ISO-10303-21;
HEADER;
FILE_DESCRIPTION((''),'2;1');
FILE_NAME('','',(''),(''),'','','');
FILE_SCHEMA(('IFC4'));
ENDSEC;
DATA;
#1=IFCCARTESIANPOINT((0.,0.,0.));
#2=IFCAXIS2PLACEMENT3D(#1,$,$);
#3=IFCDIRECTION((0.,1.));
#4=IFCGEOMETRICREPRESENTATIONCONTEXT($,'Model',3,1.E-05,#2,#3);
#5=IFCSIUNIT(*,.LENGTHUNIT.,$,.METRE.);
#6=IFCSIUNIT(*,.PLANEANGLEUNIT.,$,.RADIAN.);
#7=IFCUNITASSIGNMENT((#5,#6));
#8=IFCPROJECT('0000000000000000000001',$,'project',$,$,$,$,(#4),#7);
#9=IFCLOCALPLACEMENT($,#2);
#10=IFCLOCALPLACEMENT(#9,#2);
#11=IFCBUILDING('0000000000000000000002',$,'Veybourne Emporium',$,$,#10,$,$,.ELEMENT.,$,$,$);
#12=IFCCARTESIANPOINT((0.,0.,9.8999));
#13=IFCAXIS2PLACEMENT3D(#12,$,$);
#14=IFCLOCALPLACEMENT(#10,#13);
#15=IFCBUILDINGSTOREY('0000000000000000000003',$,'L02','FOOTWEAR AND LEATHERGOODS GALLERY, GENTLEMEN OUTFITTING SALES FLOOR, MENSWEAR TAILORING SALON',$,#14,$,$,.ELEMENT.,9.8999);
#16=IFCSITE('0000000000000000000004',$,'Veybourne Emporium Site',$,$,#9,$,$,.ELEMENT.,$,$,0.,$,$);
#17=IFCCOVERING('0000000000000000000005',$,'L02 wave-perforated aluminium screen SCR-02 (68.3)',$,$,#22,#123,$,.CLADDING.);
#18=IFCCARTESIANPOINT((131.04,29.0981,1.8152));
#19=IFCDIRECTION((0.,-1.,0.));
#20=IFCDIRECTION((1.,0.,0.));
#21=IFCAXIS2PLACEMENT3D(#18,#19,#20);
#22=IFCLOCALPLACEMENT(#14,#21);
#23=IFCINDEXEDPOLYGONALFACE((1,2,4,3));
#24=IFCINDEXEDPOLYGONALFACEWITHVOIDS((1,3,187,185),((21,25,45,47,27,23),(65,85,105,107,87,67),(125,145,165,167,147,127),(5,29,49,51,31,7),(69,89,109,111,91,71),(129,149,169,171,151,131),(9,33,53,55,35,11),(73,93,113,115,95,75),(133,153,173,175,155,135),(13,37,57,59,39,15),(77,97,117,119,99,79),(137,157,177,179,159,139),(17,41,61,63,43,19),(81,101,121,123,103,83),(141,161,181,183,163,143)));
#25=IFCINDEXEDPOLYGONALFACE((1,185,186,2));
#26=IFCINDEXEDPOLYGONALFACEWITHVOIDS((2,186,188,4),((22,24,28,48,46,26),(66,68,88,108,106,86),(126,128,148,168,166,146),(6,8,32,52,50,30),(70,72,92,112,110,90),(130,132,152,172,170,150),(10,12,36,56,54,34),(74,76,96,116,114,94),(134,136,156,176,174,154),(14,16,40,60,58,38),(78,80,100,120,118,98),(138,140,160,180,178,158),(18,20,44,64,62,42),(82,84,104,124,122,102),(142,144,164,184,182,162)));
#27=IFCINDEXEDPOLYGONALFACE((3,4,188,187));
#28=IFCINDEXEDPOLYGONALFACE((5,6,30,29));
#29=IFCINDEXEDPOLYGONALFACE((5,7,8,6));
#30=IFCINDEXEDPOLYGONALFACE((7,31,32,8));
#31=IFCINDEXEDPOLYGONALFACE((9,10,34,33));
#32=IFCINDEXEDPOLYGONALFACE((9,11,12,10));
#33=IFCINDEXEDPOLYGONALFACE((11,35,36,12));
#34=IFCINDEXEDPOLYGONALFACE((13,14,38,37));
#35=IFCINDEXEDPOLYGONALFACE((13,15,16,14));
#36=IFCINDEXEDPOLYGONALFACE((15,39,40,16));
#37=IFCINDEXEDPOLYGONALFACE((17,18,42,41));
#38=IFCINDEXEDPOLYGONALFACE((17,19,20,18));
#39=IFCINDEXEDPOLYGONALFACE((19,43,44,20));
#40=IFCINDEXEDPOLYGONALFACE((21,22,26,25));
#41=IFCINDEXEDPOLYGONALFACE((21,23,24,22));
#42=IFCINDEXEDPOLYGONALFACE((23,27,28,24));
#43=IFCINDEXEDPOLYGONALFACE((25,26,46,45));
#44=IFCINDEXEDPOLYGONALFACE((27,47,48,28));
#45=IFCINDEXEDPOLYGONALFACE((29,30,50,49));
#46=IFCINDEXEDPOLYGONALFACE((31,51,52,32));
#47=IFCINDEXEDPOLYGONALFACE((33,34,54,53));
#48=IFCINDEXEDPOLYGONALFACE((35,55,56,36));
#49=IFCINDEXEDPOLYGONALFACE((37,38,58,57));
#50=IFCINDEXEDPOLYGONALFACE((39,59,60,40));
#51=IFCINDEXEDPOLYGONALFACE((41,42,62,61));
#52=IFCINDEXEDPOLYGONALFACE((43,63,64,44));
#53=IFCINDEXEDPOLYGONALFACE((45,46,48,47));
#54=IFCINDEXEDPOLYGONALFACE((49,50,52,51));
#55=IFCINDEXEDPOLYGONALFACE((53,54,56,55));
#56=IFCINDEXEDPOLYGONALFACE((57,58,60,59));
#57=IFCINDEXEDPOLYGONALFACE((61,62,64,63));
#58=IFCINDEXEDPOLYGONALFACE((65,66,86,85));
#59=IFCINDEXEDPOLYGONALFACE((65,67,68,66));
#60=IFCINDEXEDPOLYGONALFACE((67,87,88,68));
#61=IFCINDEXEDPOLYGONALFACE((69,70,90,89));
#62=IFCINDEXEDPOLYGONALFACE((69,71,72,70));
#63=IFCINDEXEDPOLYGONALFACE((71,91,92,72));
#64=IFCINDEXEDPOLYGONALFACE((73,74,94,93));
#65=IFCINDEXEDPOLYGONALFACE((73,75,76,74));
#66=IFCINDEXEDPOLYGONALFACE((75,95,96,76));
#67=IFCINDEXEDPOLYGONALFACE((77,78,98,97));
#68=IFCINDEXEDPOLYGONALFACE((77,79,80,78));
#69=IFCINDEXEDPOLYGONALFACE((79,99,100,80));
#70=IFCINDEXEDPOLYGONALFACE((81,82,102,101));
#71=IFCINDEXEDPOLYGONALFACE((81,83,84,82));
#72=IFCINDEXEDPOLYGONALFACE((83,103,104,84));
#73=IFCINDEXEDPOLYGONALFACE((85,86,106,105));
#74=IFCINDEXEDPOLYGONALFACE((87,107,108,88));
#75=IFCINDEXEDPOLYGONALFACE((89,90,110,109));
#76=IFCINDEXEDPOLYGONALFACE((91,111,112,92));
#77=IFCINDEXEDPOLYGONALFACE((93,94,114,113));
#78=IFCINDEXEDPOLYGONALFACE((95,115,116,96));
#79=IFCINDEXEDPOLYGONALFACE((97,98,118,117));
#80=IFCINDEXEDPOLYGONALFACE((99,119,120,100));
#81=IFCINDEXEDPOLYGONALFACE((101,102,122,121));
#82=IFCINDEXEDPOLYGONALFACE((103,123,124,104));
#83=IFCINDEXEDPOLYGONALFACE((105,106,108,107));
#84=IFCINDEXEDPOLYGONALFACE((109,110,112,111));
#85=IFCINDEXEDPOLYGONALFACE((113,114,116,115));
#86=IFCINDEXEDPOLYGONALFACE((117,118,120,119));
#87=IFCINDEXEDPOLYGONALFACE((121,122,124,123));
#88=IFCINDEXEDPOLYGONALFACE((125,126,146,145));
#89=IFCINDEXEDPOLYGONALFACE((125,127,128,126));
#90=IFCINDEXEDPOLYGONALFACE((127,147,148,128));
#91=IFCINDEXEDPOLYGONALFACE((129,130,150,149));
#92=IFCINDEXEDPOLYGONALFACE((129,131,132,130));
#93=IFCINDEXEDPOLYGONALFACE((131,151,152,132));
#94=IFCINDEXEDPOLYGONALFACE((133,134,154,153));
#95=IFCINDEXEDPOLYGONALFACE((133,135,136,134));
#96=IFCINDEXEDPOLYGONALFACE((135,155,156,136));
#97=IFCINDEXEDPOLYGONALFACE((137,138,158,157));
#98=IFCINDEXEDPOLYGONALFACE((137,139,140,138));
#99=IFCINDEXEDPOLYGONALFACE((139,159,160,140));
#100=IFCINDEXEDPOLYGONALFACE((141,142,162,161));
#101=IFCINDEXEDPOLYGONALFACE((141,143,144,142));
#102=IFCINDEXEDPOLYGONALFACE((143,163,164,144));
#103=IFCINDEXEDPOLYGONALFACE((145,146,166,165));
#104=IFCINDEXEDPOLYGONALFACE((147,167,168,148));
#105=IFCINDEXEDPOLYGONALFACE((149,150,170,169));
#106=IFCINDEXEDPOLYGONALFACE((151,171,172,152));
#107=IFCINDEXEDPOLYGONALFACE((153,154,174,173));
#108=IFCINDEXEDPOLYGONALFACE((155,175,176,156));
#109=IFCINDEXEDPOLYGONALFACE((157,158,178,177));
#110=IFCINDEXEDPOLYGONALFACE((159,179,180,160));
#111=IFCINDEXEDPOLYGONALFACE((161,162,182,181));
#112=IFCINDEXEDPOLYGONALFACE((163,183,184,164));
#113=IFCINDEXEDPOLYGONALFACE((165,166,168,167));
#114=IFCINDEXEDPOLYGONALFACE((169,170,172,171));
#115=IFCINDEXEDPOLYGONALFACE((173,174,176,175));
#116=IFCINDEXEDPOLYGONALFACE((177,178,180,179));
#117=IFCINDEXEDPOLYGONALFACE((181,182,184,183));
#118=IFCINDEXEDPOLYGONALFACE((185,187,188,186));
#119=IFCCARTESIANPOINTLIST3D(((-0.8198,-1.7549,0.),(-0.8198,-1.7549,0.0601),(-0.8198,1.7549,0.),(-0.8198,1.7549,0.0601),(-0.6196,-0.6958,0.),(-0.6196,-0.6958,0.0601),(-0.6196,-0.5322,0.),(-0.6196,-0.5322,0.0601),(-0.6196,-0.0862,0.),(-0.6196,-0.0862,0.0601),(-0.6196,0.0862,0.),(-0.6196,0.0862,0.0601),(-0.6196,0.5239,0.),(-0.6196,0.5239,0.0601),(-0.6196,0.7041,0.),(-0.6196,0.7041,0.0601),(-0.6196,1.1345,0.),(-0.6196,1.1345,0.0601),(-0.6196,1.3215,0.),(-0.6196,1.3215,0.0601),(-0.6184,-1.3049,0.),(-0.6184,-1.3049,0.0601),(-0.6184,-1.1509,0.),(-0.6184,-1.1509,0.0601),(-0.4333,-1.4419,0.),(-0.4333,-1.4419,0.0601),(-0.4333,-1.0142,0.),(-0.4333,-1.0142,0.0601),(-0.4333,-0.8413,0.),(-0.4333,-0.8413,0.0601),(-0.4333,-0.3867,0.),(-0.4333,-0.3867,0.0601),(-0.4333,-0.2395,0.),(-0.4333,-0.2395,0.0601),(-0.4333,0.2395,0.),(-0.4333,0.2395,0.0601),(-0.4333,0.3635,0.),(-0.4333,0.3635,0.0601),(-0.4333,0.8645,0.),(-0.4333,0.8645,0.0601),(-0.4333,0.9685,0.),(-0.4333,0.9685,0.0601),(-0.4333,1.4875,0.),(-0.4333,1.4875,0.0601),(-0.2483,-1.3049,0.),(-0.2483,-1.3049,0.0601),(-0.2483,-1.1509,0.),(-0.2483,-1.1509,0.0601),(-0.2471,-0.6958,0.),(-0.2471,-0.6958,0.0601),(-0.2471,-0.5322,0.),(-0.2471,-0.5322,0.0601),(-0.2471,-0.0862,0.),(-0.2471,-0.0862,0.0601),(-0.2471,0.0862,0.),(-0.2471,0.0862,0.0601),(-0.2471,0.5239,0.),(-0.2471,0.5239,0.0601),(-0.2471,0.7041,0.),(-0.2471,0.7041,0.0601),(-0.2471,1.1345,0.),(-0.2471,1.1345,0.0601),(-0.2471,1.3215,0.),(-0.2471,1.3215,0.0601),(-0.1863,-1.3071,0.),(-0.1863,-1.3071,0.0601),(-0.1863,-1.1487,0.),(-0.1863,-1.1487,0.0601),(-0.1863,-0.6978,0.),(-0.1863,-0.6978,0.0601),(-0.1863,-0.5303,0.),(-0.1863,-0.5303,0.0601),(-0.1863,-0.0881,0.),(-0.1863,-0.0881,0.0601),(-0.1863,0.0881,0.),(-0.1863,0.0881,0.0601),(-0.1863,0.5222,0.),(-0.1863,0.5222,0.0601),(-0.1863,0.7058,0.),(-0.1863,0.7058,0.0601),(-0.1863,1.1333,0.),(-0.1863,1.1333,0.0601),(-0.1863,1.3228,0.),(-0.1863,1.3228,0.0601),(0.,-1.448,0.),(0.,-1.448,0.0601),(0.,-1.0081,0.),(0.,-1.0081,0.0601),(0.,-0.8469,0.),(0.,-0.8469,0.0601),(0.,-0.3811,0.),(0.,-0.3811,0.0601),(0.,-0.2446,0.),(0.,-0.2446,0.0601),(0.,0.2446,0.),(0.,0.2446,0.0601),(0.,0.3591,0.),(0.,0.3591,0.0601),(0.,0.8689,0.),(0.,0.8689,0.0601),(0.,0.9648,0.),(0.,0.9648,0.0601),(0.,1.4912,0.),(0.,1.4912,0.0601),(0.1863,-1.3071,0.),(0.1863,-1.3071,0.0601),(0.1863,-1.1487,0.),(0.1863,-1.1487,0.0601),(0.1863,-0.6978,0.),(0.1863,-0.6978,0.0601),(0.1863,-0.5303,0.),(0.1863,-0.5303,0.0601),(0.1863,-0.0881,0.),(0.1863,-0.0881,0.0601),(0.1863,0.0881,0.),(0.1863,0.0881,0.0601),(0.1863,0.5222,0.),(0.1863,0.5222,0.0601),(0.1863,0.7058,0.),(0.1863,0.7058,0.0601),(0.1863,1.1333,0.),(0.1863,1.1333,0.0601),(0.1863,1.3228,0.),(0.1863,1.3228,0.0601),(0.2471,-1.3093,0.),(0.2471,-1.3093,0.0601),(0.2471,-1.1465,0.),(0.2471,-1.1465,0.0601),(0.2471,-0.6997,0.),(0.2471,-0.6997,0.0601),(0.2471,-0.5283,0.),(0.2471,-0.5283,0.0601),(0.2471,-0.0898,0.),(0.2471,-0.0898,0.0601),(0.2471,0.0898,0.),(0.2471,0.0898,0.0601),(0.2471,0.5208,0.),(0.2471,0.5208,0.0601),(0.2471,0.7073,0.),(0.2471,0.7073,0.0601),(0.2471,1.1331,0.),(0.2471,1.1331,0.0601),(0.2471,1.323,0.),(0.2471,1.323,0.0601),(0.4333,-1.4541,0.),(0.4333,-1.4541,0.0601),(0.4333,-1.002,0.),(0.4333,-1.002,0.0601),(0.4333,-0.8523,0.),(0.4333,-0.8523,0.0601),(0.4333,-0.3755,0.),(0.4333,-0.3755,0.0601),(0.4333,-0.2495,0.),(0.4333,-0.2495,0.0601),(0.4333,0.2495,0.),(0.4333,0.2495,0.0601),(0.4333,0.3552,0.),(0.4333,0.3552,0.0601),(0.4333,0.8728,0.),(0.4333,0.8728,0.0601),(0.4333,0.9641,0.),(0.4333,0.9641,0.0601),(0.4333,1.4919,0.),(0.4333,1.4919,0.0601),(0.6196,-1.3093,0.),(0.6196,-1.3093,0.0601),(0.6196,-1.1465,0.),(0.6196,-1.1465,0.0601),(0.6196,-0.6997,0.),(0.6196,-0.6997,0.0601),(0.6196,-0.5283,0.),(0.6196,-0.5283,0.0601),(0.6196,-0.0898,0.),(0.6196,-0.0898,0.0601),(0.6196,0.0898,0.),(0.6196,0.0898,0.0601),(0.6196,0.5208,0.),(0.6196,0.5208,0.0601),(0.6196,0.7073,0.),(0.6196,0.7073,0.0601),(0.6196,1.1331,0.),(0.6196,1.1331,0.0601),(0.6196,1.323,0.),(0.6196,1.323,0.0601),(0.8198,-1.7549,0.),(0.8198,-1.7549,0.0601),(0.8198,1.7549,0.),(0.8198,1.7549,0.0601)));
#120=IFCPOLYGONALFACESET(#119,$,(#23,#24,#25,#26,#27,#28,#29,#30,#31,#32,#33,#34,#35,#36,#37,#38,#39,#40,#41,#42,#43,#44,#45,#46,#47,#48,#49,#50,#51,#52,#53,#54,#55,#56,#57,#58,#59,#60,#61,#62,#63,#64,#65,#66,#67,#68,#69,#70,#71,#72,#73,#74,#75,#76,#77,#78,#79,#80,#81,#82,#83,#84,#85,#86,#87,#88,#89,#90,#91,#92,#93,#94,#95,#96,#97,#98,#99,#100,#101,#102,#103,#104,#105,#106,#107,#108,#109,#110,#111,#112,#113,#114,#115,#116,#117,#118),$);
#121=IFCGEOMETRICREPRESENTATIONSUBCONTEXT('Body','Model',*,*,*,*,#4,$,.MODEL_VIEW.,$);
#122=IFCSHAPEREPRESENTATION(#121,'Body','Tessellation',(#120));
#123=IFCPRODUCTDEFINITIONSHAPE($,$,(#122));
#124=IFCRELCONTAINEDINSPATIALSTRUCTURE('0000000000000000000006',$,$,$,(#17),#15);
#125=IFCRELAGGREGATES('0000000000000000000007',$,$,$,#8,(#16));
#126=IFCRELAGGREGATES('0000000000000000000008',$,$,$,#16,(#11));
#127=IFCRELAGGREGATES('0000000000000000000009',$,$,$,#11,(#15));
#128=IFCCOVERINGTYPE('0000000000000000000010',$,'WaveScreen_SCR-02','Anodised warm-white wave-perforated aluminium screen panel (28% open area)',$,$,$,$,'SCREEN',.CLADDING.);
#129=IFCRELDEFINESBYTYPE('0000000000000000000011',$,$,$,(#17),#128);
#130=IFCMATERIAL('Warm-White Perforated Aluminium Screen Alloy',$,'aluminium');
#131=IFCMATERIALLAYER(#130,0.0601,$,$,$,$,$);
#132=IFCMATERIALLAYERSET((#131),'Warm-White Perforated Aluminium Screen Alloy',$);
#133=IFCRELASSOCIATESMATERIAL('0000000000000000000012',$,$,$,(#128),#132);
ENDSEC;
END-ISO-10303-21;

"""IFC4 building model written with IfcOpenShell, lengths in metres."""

from ifc_helpers import new_model, si_unit, direction, frame, origin, place, context, subcontext, project, spatial, polyline, outline, extrude, material, layer, layer_set, type_object, element, save


model = new_model("IFC4")

# Units and contexts
model_context = context("Model", 3, precision=1e-05, world=origin(), true_north=direction((0.0, 1.0)))
body_context = subcontext(model_context, "Body", "Model", "MODEL_VIEW")
ifc_project = project(units=[si_unit("LENGTHUNIT", "METRE"), si_unit("PLANEANGLEUNIT", "RADIAN")], contexts=[model_context])

# Site, building, storey
site_placement = place(None, origin())
site = spatial("IfcSite", under=ifc_project, at=site_placement, Name="Veybourne Emporium Site", CompositionType="ELEMENT", RefElevation=0.0)
building_placement = place(site_placement, origin())
building = spatial("IfcBuilding", under=site, at=building_placement, Name="Veybourne Emporium", CompositionType="ELEMENT")
storey_placement = place(building_placement, frame((0.0, 0.0, 9.8999)))
storey = spatial("IfcBuildingStorey", under=building, at=storey_placement, Name="L02", Description="FOOTWEAR AND LEATHERGOODS GALLERY, GENTLEMEN OUTFITTING SALES FLOOR, MENSWEAR TAILORING SALON", CompositionType="ELEMENT", Elevation=9.8999)

# Covering
ifc_material_1 = material(Name="Warm-White Perforated Aluminium Screen Alloy", Category="aluminium")
ifc_layer_1 = layer(ifc_material_1, 0.0601)
ifc_layer_set_1 = layer_set([ifc_layer_1], Name="Warm-White Perforated Aluminium Screen Alloy")
covering_type_1 = type_object("IfcCoveringType", Name="WaveScreen_SCR-02", Description="Anodised warm-white wave-perforated aluminium screen panel (28% open area)", ElementType="SCREEN", PredefinedType="CLADDING", material=ifc_layer_set_1)
covering_1_placement = place(storey_placement, frame((131.04, 29.0981, 1.8152), z_axis=(0.0, -1.0, 0.0), x_axis=(1.0, 0.0, 0.0)))
element("IfcCovering", 1, at=covering_1_placement, inside=storey, type_object=covering_type_1, Name="L02 wave-perforated aluminium screen SCR-02 (68.3)", PredefinedType="CLADDING", context=body_context, shape_type="SweptSolid", body=[
    extrude(outline(polyline([(-0.8198, -1.7549), (0.8198, -1.7549), (0.8198, 1.7549), (-0.8198, 1.7549), (-0.8198, -1.7549)]), holes=[polyline([(-0.4333, -1.0142), (-0.2483, -1.1509), (-0.2483, -1.3049), (-0.4333, -1.4419), (-0.6184, -1.3049), (-0.6184, -1.1509), (-0.4333, -1.0142)]), polyline([(-0.4333, -0.3867), (-0.2471, -0.5322), (-0.2471, -0.6958), (-0.4333, -0.8413), (-0.6196, -0.6958), (-0.6196, -0.5322), (-0.4333, -0.3867)]), polyline([(-0.4333, 0.2395), (-0.2471, 0.0862), (-0.2471, -0.0862), (-0.4333, -0.2395), (-0.6196, -0.0862), (-0.6196, 0.0862), (-0.4333, 0.2395)]), polyline([(-0.4333, 0.8645), (-0.2471, 0.7041), (-0.2471, 0.5239), (-0.4333, 0.3635), (-0.6196, 0.5239), (-0.6196, 0.7041), (-0.4333, 0.8645)]), polyline([(-0.4333, 1.4875), (-0.2471, 1.3215), (-0.2471, 1.1345), (-0.4333, 0.9685), (-0.6196, 1.1345), (-0.6196, 1.3215), (-0.4333, 1.4875)]), polyline([(0.0, -1.0081), (0.1863, -1.1487), (0.1863, -1.3071), (0.0, -1.448), (-0.1863, -1.3071), (-0.1863, -1.1487), (0.0, -1.0081)]), polyline([(0.0, -0.3811), (0.1863, -0.5303), (0.1863, -0.6978), (0.0, -0.8469), (-0.1863, -0.6978), (-0.1863, -0.5303), (0.0, -0.3811)]), polyline([(0.0, 0.2446), (0.1863, 0.0881), (0.1863, -0.0881), (0.0, -0.2446), (-0.1863, -0.0881), (-0.1863, 0.0881), (0.0, 0.2446)]), polyline([(0.0, 0.8689), (0.1863, 0.7058), (0.1863, 0.5222), (0.0, 0.3591), (-0.1863, 0.5222), (-0.1863, 0.7058), (0.0, 0.8689)]), polyline([(0.0, 1.4912), (0.1863, 1.3228), (0.1863, 1.1333), (0.0, 0.9648), (-0.1863, 1.1333), (-0.1863, 1.3228), (0.0, 1.4912)]), polyline([(0.4333, -1.002), (0.6196, -1.1465), (0.6196, -1.3093), (0.4333, -1.4541), (0.2471, -1.3093), (0.2471, -1.1465), (0.4333, -1.002)]), polyline([(0.4333, -0.3755), (0.6196, -0.5283), (0.6196, -0.6997), (0.4333, -0.8523), (0.2471, -0.6997), (0.2471, -0.5283), (0.4333, -0.3755)]), polyline([(0.4333, 0.2495), (0.6196, 0.0898), (0.6196, -0.0898), (0.4333, -0.2495), (0.2471, -0.0898), (0.2471, 0.0898), (0.4333, 0.2495)]), polyline([(0.4333, 0.8728), (0.6196, 0.7073), (0.6196, 0.5208), (0.4333, 0.3552), (0.2471, 0.5208), (0.2471, 0.7073), (0.4333, 0.8728)]), polyline([(0.4333, 1.4919), (0.6196, 1.323), (0.6196, 1.1331), (0.4333, 0.9641), (0.2471, 1.1331), (0.2471, 1.323), (0.4333, 1.4919)])]), origin(), (0.0, 0.0, 1.0), 0.0601),
])

save(model, "model.ifc")
